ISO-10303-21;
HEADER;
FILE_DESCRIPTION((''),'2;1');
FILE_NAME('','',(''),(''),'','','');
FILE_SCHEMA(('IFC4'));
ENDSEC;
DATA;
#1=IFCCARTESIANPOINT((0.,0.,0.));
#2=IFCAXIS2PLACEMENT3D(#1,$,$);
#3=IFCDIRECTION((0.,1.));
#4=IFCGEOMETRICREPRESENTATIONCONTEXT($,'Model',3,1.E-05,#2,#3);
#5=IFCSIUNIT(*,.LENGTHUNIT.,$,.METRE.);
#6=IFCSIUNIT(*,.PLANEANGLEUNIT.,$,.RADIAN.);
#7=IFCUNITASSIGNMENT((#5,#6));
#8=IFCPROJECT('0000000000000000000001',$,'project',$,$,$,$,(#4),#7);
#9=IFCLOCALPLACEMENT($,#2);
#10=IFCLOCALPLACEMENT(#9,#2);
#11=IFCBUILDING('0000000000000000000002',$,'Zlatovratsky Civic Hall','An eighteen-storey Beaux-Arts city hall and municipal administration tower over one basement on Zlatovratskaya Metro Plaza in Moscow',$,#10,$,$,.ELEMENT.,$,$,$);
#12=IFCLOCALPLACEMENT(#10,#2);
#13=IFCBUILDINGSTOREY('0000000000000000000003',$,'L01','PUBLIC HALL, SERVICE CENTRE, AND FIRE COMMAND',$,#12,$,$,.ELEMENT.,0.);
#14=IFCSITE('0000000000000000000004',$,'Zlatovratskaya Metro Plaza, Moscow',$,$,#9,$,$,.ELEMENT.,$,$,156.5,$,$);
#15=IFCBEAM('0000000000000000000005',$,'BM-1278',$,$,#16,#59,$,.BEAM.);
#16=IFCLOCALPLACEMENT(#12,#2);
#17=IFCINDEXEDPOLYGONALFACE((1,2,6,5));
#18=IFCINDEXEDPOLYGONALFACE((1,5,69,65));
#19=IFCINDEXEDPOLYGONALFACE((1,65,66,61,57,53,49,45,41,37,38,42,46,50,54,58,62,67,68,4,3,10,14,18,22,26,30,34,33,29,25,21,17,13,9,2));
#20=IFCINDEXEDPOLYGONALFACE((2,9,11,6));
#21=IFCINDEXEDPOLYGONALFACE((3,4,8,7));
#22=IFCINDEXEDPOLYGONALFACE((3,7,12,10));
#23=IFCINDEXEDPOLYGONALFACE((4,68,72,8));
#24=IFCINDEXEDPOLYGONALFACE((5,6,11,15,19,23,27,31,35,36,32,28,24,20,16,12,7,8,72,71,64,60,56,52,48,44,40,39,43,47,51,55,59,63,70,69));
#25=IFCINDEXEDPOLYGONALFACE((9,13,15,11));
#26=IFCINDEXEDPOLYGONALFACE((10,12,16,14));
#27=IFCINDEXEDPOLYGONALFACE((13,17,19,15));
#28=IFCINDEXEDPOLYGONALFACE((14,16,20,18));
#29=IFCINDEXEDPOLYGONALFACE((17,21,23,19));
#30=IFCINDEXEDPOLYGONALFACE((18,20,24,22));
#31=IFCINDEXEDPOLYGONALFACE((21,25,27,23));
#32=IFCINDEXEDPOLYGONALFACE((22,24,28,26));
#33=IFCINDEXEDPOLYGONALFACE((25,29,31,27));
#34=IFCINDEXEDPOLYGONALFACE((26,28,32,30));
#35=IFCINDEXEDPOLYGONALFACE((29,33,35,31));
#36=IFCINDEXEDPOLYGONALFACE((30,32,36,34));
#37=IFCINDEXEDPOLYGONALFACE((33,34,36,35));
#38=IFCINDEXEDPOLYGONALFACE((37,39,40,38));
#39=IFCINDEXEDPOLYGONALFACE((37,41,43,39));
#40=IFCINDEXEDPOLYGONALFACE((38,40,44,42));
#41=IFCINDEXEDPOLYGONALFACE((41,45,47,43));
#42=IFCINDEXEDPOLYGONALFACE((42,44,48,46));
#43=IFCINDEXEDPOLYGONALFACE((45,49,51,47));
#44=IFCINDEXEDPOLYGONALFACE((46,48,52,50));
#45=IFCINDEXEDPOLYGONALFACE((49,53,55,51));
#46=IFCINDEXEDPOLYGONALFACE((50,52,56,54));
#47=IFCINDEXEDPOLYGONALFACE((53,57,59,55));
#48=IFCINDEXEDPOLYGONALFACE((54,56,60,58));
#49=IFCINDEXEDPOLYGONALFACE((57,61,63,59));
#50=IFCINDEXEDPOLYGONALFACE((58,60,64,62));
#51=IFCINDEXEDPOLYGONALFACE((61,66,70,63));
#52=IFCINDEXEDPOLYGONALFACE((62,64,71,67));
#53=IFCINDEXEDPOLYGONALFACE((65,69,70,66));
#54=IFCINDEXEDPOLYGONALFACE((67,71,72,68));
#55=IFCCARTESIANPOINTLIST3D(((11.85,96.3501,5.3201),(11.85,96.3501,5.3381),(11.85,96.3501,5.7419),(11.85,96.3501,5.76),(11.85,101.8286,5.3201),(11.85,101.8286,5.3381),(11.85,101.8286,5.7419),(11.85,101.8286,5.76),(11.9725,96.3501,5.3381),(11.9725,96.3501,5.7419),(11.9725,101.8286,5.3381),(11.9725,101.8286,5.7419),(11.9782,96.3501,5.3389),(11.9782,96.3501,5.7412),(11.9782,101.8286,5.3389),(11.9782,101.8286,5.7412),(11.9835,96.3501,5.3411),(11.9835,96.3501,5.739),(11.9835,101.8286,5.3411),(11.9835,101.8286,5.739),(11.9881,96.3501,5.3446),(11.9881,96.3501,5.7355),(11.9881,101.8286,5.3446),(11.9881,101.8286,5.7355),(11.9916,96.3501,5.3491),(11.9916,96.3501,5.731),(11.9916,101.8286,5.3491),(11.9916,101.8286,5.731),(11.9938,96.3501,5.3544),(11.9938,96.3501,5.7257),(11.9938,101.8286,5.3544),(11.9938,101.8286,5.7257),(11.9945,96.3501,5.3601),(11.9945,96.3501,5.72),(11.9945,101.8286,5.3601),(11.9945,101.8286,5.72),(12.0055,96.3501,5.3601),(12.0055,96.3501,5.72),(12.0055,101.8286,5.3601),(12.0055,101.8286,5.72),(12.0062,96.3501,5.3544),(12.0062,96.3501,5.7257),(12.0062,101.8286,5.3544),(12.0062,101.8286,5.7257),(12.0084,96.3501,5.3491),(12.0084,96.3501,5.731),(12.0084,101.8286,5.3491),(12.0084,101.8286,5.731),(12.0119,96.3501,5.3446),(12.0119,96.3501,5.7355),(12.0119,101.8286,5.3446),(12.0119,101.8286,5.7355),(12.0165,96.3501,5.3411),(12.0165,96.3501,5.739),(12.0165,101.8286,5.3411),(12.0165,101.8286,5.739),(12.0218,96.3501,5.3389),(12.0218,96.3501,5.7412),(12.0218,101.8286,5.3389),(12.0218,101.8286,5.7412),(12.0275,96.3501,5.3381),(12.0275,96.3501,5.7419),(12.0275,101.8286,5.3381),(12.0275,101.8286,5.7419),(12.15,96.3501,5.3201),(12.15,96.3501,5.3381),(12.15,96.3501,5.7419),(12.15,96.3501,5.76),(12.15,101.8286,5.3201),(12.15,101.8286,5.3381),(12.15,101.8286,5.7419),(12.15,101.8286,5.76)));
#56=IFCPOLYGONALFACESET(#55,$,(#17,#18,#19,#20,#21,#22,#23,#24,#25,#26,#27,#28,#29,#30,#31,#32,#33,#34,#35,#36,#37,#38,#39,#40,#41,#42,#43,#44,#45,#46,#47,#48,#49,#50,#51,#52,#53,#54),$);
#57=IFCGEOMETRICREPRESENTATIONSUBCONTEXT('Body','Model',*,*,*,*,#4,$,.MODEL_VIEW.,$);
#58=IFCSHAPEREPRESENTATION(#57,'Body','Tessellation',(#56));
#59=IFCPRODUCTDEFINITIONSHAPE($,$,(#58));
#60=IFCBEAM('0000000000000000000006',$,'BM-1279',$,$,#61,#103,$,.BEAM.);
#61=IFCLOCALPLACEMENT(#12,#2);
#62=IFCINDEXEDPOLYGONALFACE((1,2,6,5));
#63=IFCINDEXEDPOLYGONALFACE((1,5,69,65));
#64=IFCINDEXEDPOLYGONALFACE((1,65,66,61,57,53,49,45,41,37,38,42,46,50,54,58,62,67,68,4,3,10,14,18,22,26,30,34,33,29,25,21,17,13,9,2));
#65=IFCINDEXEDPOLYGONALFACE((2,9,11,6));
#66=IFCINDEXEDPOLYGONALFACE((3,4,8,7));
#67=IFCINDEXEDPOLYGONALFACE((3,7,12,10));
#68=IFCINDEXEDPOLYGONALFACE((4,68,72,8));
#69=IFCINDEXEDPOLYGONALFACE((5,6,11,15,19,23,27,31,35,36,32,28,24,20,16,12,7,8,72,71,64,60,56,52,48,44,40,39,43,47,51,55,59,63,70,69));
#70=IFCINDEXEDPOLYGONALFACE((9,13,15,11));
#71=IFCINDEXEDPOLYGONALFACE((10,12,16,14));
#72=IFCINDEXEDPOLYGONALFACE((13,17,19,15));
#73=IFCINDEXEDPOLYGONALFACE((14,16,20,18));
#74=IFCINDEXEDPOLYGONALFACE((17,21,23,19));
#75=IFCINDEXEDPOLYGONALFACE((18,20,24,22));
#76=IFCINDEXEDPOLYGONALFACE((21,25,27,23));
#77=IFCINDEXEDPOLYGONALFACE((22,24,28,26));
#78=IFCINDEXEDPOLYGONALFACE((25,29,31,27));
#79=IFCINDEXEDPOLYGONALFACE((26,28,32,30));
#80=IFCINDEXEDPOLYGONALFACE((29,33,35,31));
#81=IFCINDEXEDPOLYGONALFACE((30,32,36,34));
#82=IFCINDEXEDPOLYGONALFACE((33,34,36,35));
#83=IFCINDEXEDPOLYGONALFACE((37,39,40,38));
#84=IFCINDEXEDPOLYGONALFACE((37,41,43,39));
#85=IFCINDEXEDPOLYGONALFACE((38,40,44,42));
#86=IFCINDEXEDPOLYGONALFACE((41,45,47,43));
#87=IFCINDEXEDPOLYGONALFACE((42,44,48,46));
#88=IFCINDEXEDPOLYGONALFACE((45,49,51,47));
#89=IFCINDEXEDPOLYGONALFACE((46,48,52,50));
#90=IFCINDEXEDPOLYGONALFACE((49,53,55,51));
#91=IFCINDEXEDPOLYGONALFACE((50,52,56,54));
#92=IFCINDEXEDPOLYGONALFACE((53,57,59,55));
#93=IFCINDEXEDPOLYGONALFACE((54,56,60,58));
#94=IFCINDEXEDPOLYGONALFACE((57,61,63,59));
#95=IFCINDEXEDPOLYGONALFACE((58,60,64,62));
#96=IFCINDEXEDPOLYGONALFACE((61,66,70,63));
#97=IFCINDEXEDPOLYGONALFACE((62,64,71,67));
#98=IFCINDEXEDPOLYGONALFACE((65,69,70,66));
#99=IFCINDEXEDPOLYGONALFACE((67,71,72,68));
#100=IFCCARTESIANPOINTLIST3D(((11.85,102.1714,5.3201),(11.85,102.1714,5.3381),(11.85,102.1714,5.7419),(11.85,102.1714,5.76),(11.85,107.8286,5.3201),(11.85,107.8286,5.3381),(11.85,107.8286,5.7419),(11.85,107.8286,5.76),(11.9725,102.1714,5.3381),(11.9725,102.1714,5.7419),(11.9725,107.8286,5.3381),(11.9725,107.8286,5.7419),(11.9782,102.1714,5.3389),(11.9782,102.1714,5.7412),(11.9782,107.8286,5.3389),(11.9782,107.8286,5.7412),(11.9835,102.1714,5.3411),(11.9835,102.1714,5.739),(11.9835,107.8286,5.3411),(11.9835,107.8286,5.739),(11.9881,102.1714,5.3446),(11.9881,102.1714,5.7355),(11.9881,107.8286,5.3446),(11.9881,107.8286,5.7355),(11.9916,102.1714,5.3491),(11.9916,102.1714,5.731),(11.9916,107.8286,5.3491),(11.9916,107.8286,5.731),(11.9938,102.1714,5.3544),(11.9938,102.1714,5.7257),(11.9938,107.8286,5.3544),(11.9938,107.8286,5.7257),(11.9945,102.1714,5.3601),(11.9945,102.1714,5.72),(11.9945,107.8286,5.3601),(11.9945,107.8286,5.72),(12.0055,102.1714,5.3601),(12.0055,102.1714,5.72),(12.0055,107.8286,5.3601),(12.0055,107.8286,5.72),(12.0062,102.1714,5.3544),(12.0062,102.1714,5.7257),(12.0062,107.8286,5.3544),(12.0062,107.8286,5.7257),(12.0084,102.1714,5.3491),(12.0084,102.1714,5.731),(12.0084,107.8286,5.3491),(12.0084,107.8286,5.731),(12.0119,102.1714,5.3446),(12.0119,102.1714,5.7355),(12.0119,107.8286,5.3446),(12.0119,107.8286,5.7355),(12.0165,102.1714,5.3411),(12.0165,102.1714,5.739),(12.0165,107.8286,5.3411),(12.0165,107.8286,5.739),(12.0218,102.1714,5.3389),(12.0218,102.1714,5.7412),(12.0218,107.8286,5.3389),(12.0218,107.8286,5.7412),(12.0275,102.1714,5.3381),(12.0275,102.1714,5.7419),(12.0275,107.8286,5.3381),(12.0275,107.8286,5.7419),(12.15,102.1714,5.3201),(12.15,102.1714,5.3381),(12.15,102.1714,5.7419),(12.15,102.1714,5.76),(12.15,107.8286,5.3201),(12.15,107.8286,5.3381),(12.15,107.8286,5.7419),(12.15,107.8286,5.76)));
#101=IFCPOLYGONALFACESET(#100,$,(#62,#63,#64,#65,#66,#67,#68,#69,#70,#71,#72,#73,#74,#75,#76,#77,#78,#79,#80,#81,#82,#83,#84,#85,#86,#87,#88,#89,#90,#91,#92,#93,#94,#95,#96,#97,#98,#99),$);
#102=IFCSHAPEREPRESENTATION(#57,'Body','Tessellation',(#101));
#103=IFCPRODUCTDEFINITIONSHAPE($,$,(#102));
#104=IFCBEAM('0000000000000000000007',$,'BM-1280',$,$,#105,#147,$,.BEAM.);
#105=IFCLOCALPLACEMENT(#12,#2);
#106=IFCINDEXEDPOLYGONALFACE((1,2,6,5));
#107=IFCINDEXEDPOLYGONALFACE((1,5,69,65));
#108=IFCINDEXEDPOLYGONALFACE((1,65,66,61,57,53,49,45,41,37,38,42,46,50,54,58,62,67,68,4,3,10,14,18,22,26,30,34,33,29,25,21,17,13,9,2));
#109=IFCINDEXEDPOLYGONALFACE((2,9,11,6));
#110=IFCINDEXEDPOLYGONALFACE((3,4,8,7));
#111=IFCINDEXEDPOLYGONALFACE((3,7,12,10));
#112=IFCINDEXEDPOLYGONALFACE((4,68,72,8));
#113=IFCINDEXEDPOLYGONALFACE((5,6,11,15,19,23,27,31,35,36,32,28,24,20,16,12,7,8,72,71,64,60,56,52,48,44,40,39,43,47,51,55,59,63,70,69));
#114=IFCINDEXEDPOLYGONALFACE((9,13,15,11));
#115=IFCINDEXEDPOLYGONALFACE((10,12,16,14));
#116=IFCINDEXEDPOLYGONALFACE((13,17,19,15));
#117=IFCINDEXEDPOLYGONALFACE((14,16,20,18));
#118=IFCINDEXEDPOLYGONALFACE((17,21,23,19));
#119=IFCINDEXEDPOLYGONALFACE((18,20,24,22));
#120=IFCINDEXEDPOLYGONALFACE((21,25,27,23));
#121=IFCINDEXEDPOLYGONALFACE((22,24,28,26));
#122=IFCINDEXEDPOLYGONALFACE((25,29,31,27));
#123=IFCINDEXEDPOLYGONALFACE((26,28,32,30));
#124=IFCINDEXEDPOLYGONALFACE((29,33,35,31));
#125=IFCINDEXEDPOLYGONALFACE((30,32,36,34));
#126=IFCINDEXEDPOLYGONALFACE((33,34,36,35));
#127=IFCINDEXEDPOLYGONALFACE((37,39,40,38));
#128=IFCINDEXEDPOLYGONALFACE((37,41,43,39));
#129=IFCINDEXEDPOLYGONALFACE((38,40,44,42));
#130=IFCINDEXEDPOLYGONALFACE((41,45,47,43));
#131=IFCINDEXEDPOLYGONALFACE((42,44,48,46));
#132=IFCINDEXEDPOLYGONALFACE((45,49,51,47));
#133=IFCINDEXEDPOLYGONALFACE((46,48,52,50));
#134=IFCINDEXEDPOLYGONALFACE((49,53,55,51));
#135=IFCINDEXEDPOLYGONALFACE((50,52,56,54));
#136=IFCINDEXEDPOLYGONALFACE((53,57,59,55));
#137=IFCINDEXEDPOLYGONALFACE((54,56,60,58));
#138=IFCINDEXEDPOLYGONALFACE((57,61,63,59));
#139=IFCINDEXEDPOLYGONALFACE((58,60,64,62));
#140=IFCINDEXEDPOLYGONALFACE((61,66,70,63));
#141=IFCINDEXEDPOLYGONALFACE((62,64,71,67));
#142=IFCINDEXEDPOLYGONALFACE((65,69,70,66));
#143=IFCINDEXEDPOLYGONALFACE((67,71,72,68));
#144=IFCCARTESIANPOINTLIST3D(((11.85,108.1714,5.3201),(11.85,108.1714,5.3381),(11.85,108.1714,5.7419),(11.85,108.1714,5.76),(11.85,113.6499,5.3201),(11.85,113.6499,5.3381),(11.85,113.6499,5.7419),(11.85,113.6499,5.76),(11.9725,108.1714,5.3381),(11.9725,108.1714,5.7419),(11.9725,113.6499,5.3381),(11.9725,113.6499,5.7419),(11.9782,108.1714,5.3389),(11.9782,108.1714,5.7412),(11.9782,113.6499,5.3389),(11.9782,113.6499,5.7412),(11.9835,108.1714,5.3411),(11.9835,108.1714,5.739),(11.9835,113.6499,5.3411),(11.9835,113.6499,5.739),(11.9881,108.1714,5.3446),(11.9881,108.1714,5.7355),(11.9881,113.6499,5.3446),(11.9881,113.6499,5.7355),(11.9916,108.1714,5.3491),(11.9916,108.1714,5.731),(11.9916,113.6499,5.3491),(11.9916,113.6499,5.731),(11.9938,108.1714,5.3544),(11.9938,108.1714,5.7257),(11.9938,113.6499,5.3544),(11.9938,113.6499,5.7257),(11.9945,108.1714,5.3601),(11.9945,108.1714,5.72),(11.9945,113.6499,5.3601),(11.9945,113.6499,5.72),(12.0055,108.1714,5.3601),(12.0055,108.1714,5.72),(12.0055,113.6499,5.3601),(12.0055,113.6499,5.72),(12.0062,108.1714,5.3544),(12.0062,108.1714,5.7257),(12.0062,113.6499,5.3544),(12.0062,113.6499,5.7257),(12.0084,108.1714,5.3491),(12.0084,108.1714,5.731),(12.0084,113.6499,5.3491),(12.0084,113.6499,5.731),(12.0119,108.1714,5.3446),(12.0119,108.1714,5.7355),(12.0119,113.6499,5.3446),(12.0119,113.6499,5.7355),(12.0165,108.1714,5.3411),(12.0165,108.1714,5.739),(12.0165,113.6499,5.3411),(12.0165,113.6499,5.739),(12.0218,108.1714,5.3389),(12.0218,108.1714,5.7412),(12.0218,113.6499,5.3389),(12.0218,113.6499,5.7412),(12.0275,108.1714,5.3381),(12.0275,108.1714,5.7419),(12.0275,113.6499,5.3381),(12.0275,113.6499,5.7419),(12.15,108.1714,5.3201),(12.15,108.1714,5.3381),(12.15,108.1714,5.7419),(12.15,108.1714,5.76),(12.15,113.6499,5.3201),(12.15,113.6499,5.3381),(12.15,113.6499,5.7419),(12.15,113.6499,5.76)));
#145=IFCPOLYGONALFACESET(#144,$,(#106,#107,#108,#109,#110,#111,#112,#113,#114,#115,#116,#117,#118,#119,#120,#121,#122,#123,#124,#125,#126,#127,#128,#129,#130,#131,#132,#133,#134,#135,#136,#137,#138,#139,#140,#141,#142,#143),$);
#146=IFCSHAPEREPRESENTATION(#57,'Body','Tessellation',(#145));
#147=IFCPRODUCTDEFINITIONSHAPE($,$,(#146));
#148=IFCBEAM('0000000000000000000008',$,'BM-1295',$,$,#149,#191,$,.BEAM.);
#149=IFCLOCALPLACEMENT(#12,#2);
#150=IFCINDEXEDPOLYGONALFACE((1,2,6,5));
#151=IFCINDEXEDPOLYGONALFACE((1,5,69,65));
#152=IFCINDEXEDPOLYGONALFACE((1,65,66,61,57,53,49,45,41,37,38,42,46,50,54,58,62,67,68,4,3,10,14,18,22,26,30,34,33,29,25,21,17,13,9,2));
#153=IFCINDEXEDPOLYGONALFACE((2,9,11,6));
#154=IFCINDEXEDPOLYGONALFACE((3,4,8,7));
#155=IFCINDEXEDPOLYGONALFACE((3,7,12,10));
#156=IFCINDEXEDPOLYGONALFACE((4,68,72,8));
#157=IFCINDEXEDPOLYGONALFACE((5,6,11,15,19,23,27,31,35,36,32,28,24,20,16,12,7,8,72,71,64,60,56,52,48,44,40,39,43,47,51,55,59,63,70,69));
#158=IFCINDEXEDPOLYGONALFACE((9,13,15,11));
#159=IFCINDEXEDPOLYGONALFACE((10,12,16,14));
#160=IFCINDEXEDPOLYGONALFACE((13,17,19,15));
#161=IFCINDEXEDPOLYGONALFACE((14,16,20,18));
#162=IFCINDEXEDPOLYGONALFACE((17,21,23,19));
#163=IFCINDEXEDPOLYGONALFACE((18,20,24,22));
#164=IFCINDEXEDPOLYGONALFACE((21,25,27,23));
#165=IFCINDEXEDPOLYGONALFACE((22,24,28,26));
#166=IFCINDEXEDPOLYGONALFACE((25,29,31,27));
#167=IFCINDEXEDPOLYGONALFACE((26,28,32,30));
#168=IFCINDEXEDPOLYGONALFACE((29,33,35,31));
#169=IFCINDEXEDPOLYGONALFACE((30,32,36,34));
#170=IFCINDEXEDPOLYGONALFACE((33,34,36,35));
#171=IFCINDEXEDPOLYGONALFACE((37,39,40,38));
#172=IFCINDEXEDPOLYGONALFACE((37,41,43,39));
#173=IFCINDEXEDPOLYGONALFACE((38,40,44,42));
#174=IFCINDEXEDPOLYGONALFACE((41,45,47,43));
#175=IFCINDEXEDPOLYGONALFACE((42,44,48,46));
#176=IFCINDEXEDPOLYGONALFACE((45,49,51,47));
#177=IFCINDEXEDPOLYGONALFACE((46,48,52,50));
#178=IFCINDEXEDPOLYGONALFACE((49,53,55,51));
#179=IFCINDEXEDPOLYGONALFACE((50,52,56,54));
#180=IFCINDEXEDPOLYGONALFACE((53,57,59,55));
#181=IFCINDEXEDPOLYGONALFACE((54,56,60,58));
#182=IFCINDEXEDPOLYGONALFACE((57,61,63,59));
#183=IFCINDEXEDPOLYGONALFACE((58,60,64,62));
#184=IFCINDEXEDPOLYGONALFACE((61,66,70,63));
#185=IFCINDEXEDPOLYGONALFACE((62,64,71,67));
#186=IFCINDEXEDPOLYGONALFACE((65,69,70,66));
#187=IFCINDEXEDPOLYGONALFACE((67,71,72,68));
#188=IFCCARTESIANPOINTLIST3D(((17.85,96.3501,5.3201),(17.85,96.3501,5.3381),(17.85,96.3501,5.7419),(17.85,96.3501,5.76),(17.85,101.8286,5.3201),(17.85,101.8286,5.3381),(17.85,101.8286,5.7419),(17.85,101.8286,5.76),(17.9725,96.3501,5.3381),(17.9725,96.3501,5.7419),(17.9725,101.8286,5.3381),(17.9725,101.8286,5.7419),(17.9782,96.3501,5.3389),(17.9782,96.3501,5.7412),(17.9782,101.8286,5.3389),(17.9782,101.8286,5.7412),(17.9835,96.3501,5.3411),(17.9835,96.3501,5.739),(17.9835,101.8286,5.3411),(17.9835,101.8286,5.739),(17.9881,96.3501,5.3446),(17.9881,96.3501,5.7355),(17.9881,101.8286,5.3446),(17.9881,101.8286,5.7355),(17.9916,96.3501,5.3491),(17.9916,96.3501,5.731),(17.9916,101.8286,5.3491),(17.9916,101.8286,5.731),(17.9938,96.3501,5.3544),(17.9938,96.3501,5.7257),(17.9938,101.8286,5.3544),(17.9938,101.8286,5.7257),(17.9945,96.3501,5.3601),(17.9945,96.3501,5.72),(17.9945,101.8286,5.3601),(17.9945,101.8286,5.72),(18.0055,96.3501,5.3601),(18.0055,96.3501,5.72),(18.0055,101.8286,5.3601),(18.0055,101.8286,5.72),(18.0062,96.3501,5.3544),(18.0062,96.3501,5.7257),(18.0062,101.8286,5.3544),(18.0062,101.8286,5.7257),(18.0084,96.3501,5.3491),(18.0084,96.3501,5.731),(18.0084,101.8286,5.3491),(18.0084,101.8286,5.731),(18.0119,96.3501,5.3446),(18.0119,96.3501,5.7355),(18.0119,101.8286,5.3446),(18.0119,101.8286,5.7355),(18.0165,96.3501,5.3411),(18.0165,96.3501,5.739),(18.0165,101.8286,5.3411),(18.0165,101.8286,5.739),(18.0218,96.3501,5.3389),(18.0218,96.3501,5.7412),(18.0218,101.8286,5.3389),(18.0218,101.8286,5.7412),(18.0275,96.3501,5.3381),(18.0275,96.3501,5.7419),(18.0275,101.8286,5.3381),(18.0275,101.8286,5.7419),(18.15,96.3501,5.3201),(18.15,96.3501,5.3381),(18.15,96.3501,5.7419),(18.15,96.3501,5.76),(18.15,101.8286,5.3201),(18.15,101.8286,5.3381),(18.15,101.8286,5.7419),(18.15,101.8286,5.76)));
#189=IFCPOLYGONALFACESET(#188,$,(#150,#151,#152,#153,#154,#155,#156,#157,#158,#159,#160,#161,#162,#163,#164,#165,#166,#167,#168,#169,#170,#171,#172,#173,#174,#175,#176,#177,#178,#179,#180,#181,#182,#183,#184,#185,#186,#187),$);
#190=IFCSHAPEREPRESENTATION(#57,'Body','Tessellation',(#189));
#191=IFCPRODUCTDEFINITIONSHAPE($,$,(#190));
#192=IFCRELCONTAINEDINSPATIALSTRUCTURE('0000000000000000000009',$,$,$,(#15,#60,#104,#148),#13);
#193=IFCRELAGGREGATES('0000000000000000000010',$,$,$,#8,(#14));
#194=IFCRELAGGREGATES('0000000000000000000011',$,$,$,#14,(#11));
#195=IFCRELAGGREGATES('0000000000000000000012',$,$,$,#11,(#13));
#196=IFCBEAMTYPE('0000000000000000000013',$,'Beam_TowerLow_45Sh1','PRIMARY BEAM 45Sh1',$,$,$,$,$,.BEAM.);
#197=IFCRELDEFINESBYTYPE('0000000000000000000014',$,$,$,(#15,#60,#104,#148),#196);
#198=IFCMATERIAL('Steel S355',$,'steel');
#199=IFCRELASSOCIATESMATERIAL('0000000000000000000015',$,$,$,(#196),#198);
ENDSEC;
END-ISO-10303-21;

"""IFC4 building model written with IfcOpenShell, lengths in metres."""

from ifc_helpers import new_model, si_unit, direction, frame, origin, origin_2d, place, context, subcontext, project, spatial, i_section, extrude, material, material_profile, profile_set, type_object, element, save


model = new_model("IFC4")

# Units and contexts
model_context = context("Model", 3, precision=1e-05, world=origin(), true_north=direction((0.0, 1.0)))
body_context = subcontext(model_context, "Body", "Model", "MODEL_VIEW")
ifc_project = project(units=[si_unit("LENGTHUNIT", "METRE"), si_unit("PLANEANGLEUNIT", "RADIAN")], contexts=[model_context])

# Site, building, storey
site_placement = place(None, origin())
site = spatial("IfcSite", under=ifc_project, at=site_placement, Name="Zlatovratskaya Metro Plaza, Moscow", CompositionType="ELEMENT", RefElevation=156.5)
building_placement = place(site_placement, origin())
building = spatial("IfcBuilding", under=site, at=building_placement, Name="Zlatovratsky Civic Hall", Description="An eighteen-storey Beaux-Arts city hall and municipal administration tower over one basement on Zlatovratskaya Metro Plaza in Moscow", CompositionType="ELEMENT")
storey_placement = place(building_placement, origin())
storey = spatial("IfcBuildingStorey", under=building, at=storey_placement, Name="L01", Description="PUBLIC HALL, SERVICE CENTRE, AND FIRE COMMAND", CompositionType="ELEMENT", Elevation=0.0)

# Shared definitions
ifc_material_1 = material(Name="Steel S355", Category="steel")

# Beams
ifc_material_profile_1 = material_profile(ifc_material_1, i_section(OverallWidth=0.3, OverallDepth=0.4399, WebThickness=0.011, FlangeThickness=0.0181, FilletRadius=0.022, at=origin_2d()), Name="45Sh1")
ifc_profile_set_1 = profile_set([ifc_material_profile_1], Name="Steel S355")
beam_type_1 = type_object("IfcBeamType", Name="Beam_TowerLow_45Sh1", Description="PRIMARY BEAM 45Sh1", PredefinedType="BEAM", material=ifc_profile_set_1)
beam_1_placement = place(storey_placement, frame((12.0, 96.3501, 5.54), z_axis=(0.0, 1.0, 0.0), x_axis=(-1.0, 0.0, 0.0)))
element("IfcBeam", 1, at=beam_1_placement, inside=storey, type_object=beam_type_1, Name="BM-1278", PredefinedType="BEAM", context=body_context, shape_type="SweptSolid", body=[
    extrude(i_section(OverallWidth=0.3, OverallDepth=0.4399, WebThickness=0.011, FlangeThickness=0.0181, FilletRadius=0.022, at=origin_2d()), origin(), (0.0, 0.0, 1.0), 5.4785),
])
beam_2_placement = place(storey_placement, frame((12.0, 102.1714, 5.54), z_axis=(0.0, 1.0, 0.0), x_axis=(-1.0, 0.0, 0.0)))
element("IfcBeam", 2, at=beam_2_placement, inside=storey, type_object=beam_type_1, Name="BM-1279", PredefinedType="BEAM", context=body_context, shape_type="SweptSolid", body=[
    extrude(i_section(OverallWidth=0.3, OverallDepth=0.4399, WebThickness=0.011, FlangeThickness=0.0181, FilletRadius=0.022, at=origin_2d()), origin(), (0.0, 0.0, 1.0), 5.6572),
])
for number, where, z_axis, x_axis, name in (
    (3, (12.0, 108.1714, 5.54), (0.0, 1.0, 0.0), (-1.0, 0.0, 0.0), "BM-1280"),
    (4, (18.0, 96.3501, 5.54), (0.0, 1.0, 0.0), (-1.0, 0.0, 0.0), "BM-1295"),
):
    element("IfcBeam", number, at=place(storey_placement, frame(where, z_axis=z_axis, x_axis=x_axis)), inside=storey, type_object=beam_type_1, Name=name, PredefinedType="BEAM", context=body_context, shape_type="SweptSolid", body=[
        extrude(i_section(OverallWidth=0.3, OverallDepth=0.4399, WebThickness=0.011, FlangeThickness=0.0181, FilletRadius=0.022, at=origin_2d()), origin(), (0.0, 0.0, 1.0), 5.4785),
    ])

save(model, "model.ifc")
